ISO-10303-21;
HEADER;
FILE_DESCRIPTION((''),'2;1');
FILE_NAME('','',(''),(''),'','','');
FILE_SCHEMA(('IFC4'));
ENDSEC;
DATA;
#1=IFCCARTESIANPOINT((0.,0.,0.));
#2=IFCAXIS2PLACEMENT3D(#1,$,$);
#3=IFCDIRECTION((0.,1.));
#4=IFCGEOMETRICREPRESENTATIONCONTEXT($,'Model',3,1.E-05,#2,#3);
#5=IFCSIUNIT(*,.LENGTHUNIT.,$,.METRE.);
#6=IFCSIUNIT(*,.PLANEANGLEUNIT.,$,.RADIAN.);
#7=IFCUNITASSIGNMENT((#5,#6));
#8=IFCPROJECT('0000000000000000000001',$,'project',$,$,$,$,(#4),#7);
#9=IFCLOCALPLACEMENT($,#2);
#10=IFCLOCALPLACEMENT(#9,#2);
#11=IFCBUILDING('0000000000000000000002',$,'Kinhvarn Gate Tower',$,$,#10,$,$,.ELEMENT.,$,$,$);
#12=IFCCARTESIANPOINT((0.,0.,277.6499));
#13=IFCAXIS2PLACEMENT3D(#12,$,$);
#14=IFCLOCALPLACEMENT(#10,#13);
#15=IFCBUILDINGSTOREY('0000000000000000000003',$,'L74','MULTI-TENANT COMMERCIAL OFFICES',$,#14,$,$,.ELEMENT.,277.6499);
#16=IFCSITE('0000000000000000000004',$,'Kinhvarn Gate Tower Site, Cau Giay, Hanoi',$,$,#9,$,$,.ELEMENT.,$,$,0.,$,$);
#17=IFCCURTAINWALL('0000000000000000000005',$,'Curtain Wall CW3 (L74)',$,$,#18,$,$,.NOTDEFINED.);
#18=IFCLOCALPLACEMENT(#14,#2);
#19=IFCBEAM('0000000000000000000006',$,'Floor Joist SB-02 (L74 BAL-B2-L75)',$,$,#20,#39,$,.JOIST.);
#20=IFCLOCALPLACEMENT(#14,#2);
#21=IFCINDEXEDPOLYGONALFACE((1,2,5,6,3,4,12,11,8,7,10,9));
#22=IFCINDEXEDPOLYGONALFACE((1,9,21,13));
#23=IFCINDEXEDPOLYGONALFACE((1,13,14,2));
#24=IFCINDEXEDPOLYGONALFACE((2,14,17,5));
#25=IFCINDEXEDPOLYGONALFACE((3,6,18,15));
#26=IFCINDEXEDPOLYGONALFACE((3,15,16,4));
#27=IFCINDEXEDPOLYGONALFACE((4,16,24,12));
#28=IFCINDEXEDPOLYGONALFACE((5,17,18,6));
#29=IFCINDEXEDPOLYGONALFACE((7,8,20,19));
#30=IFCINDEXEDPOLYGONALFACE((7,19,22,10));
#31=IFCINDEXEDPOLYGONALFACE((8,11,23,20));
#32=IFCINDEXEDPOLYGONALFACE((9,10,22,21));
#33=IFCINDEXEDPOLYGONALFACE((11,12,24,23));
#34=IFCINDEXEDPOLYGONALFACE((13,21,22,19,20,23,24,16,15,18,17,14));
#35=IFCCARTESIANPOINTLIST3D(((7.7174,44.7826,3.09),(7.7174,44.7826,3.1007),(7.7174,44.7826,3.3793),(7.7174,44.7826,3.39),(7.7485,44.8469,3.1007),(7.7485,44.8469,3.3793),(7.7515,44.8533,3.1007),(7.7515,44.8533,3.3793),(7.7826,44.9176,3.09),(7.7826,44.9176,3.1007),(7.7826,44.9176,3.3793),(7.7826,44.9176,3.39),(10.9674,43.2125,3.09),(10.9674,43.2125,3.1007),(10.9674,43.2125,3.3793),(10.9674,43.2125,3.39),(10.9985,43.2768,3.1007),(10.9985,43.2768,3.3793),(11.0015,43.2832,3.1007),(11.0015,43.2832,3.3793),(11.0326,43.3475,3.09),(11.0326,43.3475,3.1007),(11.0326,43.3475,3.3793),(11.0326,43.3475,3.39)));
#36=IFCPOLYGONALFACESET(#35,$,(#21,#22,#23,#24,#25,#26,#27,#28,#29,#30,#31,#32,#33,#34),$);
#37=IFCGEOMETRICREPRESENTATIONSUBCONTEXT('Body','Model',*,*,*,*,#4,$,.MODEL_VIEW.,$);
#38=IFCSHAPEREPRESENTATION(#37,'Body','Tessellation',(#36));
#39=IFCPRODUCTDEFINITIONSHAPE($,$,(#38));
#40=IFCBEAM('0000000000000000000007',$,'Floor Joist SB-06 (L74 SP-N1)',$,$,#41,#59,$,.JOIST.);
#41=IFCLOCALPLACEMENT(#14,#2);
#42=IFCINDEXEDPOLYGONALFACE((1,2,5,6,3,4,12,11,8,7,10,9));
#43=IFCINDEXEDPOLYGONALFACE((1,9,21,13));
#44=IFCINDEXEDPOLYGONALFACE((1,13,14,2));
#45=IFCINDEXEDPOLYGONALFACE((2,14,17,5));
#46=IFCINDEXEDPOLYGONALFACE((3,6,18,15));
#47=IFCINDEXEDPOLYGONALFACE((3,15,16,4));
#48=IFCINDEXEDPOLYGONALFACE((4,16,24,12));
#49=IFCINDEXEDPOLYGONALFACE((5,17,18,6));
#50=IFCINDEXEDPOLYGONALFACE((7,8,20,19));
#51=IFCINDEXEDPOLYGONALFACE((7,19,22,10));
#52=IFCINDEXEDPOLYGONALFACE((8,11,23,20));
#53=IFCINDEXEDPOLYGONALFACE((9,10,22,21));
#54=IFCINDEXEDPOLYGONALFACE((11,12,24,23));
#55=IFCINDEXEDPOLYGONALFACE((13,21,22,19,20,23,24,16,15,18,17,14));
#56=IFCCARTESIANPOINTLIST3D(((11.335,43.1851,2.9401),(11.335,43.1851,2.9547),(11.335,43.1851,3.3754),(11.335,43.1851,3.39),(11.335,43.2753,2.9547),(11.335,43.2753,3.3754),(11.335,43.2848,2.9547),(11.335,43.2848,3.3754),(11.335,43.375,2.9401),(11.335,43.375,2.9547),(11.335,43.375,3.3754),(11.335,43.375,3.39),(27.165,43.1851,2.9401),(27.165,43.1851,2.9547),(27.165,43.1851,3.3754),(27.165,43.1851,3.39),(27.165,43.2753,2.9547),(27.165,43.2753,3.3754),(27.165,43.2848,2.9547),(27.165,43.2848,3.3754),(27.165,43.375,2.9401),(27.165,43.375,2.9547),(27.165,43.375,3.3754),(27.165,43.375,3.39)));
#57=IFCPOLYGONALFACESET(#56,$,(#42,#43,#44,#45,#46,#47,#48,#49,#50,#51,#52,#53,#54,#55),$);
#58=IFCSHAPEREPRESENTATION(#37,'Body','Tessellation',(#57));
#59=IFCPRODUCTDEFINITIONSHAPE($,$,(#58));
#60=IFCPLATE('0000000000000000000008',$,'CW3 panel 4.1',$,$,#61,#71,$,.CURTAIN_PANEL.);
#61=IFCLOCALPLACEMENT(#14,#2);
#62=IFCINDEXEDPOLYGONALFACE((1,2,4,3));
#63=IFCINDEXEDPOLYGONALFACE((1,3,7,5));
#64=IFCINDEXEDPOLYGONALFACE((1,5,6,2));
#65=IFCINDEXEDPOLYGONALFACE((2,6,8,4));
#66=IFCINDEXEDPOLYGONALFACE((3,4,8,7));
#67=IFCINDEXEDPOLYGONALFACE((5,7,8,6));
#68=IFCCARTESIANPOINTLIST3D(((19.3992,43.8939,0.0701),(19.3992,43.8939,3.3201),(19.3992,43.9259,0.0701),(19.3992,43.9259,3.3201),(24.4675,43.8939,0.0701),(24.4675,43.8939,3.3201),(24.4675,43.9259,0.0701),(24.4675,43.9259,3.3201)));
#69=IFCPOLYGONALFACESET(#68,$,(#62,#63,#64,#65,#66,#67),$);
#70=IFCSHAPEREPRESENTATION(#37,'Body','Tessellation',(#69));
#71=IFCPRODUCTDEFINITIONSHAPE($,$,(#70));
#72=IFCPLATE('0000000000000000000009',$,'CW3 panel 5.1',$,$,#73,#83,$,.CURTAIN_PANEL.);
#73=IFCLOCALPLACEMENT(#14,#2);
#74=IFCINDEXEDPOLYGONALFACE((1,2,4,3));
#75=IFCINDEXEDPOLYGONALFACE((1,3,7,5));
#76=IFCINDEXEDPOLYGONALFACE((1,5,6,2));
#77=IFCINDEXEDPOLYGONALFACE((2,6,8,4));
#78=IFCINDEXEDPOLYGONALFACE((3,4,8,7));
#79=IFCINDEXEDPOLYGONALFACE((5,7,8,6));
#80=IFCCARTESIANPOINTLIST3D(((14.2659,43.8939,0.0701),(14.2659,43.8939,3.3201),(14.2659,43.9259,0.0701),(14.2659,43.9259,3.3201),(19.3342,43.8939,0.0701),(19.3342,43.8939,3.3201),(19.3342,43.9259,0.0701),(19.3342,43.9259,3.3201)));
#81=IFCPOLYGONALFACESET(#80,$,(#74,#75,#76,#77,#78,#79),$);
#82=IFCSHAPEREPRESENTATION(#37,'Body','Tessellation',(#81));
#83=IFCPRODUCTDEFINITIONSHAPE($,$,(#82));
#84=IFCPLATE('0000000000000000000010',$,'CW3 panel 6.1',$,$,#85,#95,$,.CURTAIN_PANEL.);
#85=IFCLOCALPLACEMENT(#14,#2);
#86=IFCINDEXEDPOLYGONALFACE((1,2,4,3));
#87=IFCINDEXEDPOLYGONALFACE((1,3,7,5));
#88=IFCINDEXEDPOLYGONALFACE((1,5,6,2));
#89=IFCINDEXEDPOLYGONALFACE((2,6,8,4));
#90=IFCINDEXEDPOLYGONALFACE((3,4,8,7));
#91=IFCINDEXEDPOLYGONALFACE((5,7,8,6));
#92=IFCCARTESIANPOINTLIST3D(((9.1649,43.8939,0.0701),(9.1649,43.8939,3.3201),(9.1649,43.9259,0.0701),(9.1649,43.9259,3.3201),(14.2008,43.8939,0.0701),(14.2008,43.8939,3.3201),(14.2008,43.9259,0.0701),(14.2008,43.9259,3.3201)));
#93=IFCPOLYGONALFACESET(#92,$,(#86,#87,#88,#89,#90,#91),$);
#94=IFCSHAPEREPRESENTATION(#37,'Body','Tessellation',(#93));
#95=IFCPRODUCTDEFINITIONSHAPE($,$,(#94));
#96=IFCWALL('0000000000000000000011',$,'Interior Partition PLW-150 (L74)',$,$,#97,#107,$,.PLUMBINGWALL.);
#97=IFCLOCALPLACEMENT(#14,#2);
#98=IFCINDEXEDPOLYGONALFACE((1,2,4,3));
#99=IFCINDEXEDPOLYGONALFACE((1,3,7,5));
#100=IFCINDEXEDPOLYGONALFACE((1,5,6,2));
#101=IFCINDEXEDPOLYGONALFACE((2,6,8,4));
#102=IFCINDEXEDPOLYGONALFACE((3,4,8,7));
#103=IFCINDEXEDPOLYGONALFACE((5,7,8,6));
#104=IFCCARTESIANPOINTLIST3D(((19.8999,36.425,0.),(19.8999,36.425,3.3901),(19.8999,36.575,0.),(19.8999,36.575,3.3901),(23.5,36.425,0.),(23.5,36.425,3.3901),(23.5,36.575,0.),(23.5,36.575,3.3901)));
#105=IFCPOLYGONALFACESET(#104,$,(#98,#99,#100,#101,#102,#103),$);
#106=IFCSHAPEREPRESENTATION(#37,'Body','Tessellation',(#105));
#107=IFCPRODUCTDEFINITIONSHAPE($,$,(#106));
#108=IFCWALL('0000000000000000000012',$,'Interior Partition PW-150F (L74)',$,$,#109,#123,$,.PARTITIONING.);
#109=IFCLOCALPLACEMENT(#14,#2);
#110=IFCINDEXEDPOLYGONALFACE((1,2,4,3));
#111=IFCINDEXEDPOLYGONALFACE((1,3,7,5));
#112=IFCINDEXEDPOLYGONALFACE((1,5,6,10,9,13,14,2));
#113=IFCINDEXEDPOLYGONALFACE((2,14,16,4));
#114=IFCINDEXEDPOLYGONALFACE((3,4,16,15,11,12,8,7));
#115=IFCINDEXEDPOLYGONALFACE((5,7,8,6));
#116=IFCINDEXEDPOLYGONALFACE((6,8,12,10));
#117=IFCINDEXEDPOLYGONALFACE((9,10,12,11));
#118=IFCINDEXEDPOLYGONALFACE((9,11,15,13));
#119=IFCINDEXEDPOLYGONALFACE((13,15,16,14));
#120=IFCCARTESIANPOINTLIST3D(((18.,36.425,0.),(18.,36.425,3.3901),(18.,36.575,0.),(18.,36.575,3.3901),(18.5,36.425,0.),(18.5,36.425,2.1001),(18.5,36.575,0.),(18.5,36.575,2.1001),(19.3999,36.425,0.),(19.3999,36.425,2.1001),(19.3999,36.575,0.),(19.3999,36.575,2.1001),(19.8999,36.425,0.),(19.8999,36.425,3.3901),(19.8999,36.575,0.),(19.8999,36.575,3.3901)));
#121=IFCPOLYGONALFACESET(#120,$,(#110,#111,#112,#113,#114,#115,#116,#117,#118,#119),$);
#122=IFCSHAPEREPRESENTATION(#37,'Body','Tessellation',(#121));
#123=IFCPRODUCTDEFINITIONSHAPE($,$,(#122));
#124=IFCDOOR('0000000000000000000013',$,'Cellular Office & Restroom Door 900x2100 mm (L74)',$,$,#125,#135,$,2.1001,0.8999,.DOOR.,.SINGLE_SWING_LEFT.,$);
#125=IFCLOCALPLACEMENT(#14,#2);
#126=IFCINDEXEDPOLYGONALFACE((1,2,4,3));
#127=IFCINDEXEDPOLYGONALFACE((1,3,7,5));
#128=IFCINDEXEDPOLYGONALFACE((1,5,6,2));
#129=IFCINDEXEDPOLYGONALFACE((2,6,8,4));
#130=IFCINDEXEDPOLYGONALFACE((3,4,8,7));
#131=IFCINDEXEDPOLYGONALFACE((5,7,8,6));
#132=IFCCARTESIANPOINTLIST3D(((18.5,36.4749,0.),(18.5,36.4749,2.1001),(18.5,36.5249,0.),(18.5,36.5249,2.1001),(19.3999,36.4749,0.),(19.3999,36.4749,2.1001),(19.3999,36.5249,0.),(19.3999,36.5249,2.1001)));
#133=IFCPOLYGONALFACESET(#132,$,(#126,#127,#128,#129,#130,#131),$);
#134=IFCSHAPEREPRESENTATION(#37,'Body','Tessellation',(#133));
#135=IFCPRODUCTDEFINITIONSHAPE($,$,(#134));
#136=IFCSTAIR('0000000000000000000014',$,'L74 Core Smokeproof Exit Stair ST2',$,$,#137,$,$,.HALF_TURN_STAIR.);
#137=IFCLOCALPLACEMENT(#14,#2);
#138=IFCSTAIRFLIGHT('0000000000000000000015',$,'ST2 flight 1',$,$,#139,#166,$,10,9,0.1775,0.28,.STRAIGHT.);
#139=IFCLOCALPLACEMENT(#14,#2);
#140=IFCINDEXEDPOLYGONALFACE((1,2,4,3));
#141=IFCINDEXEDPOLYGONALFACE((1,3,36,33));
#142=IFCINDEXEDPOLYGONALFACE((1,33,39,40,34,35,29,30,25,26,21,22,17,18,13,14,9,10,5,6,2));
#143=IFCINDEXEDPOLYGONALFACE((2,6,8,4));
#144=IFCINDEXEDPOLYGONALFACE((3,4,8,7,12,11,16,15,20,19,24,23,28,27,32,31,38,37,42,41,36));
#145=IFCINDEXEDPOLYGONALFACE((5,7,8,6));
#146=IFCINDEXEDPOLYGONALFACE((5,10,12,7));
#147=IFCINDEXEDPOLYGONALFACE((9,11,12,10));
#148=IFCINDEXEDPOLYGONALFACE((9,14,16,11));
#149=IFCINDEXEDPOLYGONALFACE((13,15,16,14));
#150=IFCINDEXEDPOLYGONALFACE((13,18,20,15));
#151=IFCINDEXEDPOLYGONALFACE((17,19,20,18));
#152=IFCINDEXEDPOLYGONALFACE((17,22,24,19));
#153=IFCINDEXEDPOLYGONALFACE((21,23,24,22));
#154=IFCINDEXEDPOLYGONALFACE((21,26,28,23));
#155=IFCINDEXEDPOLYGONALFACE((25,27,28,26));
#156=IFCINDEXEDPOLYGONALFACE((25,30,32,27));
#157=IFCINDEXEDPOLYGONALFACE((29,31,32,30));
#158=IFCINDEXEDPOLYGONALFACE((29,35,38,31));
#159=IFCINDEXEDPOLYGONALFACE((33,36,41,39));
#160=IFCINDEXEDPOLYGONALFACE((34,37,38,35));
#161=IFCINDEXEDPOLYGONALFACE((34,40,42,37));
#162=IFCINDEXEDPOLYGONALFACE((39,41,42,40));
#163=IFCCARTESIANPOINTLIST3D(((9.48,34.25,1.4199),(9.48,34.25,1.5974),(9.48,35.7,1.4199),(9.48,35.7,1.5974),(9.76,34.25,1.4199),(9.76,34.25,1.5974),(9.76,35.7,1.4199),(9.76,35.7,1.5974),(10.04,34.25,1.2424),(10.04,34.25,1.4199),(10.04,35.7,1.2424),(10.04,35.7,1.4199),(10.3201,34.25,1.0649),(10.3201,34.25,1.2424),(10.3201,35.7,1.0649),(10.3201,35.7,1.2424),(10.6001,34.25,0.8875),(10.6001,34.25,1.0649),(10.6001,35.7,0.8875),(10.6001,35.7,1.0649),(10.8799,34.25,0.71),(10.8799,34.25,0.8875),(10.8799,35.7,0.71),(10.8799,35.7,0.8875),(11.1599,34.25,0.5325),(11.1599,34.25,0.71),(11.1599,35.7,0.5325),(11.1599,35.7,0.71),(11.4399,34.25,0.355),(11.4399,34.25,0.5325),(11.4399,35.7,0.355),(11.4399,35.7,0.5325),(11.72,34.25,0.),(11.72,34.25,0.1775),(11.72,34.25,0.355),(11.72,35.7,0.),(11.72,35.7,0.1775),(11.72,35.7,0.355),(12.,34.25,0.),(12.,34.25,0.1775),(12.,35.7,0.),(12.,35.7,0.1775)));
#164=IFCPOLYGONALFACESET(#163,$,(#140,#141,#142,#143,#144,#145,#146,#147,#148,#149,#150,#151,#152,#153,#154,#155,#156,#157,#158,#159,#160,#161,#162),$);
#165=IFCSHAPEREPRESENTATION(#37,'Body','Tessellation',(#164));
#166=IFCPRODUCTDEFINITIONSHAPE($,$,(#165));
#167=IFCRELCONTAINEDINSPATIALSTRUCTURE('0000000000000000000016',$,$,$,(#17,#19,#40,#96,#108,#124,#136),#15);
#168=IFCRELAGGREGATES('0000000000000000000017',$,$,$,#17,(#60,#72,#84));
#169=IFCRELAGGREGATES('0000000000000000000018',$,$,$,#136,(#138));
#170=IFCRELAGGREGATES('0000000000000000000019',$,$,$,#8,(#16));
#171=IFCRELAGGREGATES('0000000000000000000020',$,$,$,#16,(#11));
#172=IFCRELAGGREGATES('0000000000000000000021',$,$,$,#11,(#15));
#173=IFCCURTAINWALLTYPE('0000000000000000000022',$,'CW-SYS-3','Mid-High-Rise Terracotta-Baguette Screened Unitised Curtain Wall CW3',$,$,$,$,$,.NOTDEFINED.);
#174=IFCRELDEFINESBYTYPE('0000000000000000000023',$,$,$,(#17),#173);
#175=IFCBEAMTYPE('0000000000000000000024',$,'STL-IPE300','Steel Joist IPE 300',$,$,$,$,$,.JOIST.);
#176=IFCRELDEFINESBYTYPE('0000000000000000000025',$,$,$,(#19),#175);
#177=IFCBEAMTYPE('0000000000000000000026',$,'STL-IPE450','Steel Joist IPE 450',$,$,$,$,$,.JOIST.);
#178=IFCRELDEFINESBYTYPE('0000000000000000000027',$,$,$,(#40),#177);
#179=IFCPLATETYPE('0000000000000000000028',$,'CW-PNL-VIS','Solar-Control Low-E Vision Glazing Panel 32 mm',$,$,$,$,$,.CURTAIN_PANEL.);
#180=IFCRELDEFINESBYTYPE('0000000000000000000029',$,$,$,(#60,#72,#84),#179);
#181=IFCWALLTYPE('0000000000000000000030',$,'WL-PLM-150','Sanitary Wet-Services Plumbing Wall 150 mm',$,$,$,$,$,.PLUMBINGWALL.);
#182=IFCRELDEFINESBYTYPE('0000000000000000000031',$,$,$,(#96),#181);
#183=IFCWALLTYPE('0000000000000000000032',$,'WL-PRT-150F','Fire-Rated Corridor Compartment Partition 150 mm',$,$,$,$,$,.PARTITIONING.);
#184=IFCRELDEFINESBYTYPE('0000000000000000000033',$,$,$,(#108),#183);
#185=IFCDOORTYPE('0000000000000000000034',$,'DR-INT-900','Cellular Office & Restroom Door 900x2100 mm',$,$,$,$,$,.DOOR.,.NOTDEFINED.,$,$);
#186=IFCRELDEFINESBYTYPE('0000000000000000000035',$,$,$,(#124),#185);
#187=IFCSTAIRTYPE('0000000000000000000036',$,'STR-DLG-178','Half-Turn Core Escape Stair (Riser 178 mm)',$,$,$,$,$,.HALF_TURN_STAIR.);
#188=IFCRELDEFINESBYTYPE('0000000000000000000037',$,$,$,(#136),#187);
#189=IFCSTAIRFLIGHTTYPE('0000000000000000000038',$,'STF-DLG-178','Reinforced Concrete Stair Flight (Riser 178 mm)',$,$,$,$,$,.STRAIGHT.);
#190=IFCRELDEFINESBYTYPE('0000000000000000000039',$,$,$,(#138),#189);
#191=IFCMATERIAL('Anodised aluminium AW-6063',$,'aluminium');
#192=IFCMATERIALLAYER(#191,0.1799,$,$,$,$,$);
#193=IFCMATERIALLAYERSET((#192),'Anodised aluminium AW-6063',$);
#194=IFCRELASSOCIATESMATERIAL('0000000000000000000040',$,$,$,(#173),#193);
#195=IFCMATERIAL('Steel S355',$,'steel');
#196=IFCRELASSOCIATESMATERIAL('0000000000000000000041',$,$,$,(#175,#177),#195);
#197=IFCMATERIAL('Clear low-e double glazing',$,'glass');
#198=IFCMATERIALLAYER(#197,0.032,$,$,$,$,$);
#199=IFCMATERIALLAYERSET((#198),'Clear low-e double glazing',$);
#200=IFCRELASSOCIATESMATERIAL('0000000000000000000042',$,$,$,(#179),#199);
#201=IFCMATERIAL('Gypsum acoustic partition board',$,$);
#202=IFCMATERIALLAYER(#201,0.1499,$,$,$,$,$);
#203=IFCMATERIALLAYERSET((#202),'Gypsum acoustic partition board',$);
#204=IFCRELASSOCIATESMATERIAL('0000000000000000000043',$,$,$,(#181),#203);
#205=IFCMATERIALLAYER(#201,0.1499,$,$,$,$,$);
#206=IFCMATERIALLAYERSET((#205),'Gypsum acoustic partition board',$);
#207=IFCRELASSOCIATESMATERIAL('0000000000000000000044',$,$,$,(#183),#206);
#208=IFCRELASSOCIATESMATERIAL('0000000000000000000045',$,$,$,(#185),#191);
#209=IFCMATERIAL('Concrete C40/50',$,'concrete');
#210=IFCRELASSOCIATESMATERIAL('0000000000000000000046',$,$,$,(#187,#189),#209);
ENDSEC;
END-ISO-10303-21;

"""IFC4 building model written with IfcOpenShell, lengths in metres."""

from ifc_helpers import new_model, si_unit, direction, frame, frame_2d, origin, origin_2d, place, context, subcontext, project, spatial, polyline, rectangle, i_section, outline, extrude, material, layer, layer_set, material_profile, profile_set, type_object, element, fill, aggregate, save


model = new_model("IFC4")

# Units and contexts
model_context = context("Model", 3, precision=1e-05, world=origin(), true_north=direction((0.0, 1.0)))
body_context = subcontext(model_context, "Body", "Model", "MODEL_VIEW")
ifc_project = project(units=[si_unit("LENGTHUNIT", "METRE"), si_unit("PLANEANGLEUNIT", "RADIAN")], contexts=[model_context])

# Site, building, storey
site_placement = place(None, origin())
site = spatial("IfcSite", under=ifc_project, at=site_placement, Name="Kinhvarn Gate Tower Site, Cau Giay, Hanoi", CompositionType="ELEMENT", RefElevation=0.0)
building_placement = place(site_placement, origin())
building = spatial("IfcBuilding", under=site, at=building_placement, Name="Kinhvarn Gate Tower", CompositionType="ELEMENT")
storey_placement = place(building_placement, frame((0.0, 0.0, 277.6499)))
storey = spatial("IfcBuildingStorey", under=building, at=storey_placement, Name="L74", Description="MULTI-TENANT COMMERCIAL OFFICES", CompositionType="ELEMENT", Elevation=277.6499)

# Curtain wall
ifc_material_1 = material(Name="Anodised aluminium AW-6063", Category="aluminium")
ifc_layer_1 = layer(ifc_material_1, 0.1799)
ifc_layer_set_1 = layer_set([ifc_layer_1], Name="Anodised aluminium AW-6063")
curtain_wall_type = type_object("IfcCurtainWallType", Name="CW-SYS-3", Description="Mid-High-Rise Terracotta-Baguette Screened Unitised Curtain Wall CW3", PredefinedType="NOTDEFINED", material=ifc_layer_set_1)
curtain_wall_placement = place(storey_placement, origin())
curtain_wall = element("IfcCurtainWall", 1, at=curtain_wall_placement, inside=storey, type_object=curtain_wall_type, Name="Curtain Wall CW3 (L74)", PredefinedType="NOTDEFINED")

# Beams
ifc_material_2 = material(Name="Steel S355", Category="steel")
ifc_material_profile_1 = material_profile(ifc_material_2, i_section(OverallWidth=0.1499, OverallDepth=0.3, WebThickness=0.0071, FlangeThickness=0.0107, at=origin_2d()), Name="IPE 300")
ifc_profile_set_1 = profile_set([ifc_material_profile_1], Name="Steel S355")
beam_type_1 = type_object("IfcBeamType", Name="STL-IPE300", Description="Steel Joist IPE 300", PredefinedType="JOIST", material=ifc_profile_set_1)
beam_1_placement = place(storey_placement, frame((11.0, 43.28, 3.24), z_axis=(-0.900432, 0.434997, 0.0), x_axis=(-0.434997, -0.900432, 0.0)))
element("IfcBeam", 2, at=beam_1_placement, inside=storey, type_object=beam_type_1, Name="Floor Joist SB-02 (L74 BAL-B2-L75)", PredefinedType="JOIST", context=body_context, shape_type="SweptSolid", body=[
    extrude(i_section(OverallWidth=0.1499, OverallDepth=0.3, WebThickness=0.0071, FlangeThickness=0.0107, at=origin_2d()), origin(), (0.0, 0.0, 1.0), 3.6094),
])
ifc_material_profile_2 = material_profile(ifc_material_2, i_section(OverallWidth=0.1899, OverallDepth=0.45, WebThickness=0.0095, FlangeThickness=0.0146, at=origin_2d()), Name="IPE 450")
ifc_profile_set_2 = profile_set([ifc_material_profile_2], Name="Steel S355")
beam_type_2 = type_object("IfcBeamType", Name="STL-IPE450", Description="Steel Joist IPE 450", PredefinedType="JOIST", material=ifc_profile_set_2)
beam_2_placement = place(storey_placement, frame((11.335, 43.28, 3.165), z_axis=(1.0, 0.0, 0.0), x_axis=(0.0, 1.0, 0.0)))
element("IfcBeam", 3, at=beam_2_placement, inside=storey, type_object=beam_type_2, Name="Floor Joist SB-06 (L74 SP-N1)", PredefinedType="JOIST", context=body_context, shape_type="SweptSolid", body=[
    extrude(i_section(OverallWidth=0.1899, OverallDepth=0.45, WebThickness=0.0095, FlangeThickness=0.0146, at=origin_2d()), origin(), (0.0, 0.0, 1.0), 15.8301),
])

# Plates
ifc_material_3 = material(Name="Clear low-e double glazing", Category="glass")
ifc_layer_2 = layer(ifc_material_3, 0.032)
ifc_layer_set_2 = layer_set([ifc_layer_2], Name="Clear low-e double glazing")
plate_type = type_object("IfcPlateType", Name="CW-PNL-VIS", Description="Solar-Control Low-E Vision Glazing Panel 32 mm", PredefinedType="CURTAIN_PANEL", material=ifc_layer_set_2)
plate_1_placement = place(storey_placement, frame((21.9333, 43.9099, 0.0701), z_axis=(0.0, 0.0, 1.0), x_axis=(-1.0, 0.0, 0.0)))
plate_1 = element("IfcPlate", 4, at=plate_1_placement, type_object=plate_type, Name="CW3 panel 4.1", PredefinedType="CURTAIN_PANEL", context=body_context, shape_type="SweptSolid", body=[
    extrude(rectangle(XDim=5.0684, YDim=0.032, at=origin_2d()), origin(), (0.0, 0.0, 1.0), 3.25),
])
plate_2_placement = place(storey_placement, frame((16.8, 43.9099, 0.0701), z_axis=(0.0, 0.0, 1.0), x_axis=(-1.0, 0.0, 0.0)))
plate_2 = element("IfcPlate", 5, at=plate_2_placement, type_object=plate_type, Name="CW3 panel 5.1", PredefinedType="CURTAIN_PANEL", context=body_context, shape_type="SweptSolid", body=[
    extrude(rectangle(XDim=5.0684, YDim=0.032, at=origin_2d()), origin(), (0.0, 0.0, 1.0), 3.25),
])
plate_3_placement = place(storey_placement, frame((11.6829, 43.9099, 0.0701), z_axis=(0.0, 0.0, 1.0), x_axis=(-1.0, 0.0, 0.0)))
plate_3 = element("IfcPlate", 6, at=plate_3_placement, type_object=plate_type, Name="CW3 panel 6.1", PredefinedType="CURTAIN_PANEL", context=body_context, shape_type="SweptSolid", body=[
    extrude(rectangle(XDim=5.0359, YDim=0.032, at=origin_2d()), origin(), (0.0, 0.0, 1.0), 3.25),
])
aggregate(curtain_wall, [plate_1, plate_2, plate_3])

# Wall
ifc_material_4 = material(Name="Gypsum acoustic partition board")
ifc_layer_3 = layer(ifc_material_4, 0.1499)
ifc_layer_set_3 = layer_set([ifc_layer_3], Name="Gypsum acoustic partition board")
wall_type_1 = type_object("IfcWallType", Name="WL-PLM-150", Description="Sanitary Wet-Services Plumbing Wall 150 mm", PredefinedType="PLUMBINGWALL", material=ifc_layer_set_3)
wall_1_placement = place(storey_placement, frame((19.8999, 36.5, 0.0), z_axis=(0.0, 0.0, 1.0), x_axis=(1.0, 0.0, 0.0)))
element("IfcWall", 7, at=wall_1_placement, inside=storey, type_object=wall_type_1, Name="Interior Partition PLW-150 (L74)", PredefinedType="PLUMBINGWALL", context=body_context, shape_type="SweptSolid", body=[
    extrude(rectangle(XDim=3.6001, YDim=0.1499, at=frame_2d((1.8, 0.0))), origin(), (0.0, 0.0, 1.0), 3.3901),
])

# Wall, opening, door
ifc_layer_4 = layer(ifc_material_4, 0.1499)
ifc_layer_set_4 = layer_set([ifc_layer_4], Name="Gypsum acoustic partition board")
wall_type_2 = type_object("IfcWallType", Name="WL-PRT-150F", Description="Fire-Rated Corridor Compartment Partition 150 mm", PredefinedType="PARTITIONING", material=ifc_layer_set_4)
wall_2_placement = place(storey_placement, frame((18.0, 36.5, 0.0), z_axis=(0.0, 0.0, 1.0), x_axis=(1.0, 0.0, 0.0)))
wall_2 = element("IfcWall", 8, at=wall_2_placement, inside=storey, type_object=wall_type_2, Name="Interior Partition PW-150F (L74)", PredefinedType="PARTITIONING", context=body_context, shape_type="SweptSolid", body=[
    extrude(rectangle(XDim=1.8999, YDim=0.1499, at=frame_2d((0.95, 0.0))), origin(), (0.0, 0.0, 1.0), 3.3901),
])
opening_placement = place(wall_2_placement, frame((0.5, 0.0, 0.0)))
opening = element("IfcOpeningElement", 9, at=opening_placement, cuts=wall_2, PredefinedType="OPENING", context=body_context, shape_type="SweptSolid", body=[
    extrude(rectangle(XDim=0.8999, YDim=2.1001, at=frame_2d((0.45, 1.05))), frame((0.0, 0.085, 0.0), z_axis=(0.0, -1.0, 0.0), x_axis=(1.0, 0.0, 0.0)), (0.0, 0.0, 1.0), 0.1699),
])
door_type = type_object("IfcDoorType", Name="DR-INT-900", Description="Cellular Office & Restroom Door 900x2100 mm", OperationType="NOTDEFINED", PredefinedType="DOOR", material=ifc_material_1)
door_placement = place(opening_placement, origin())
door = element("IfcDoor", 10, at=door_placement, inside=storey, type_object=door_type, Name="Cellular Office & Restroom Door 900x2100 mm (L74)", OperationType="SINGLE_SWING_LEFT", OverallHeight=2.1001, OverallWidth=0.8999, PredefinedType="DOOR", context=body_context, shape_type="SweptSolid", body=[
    extrude(rectangle(XDim=0.8999, YDim=2.1001, at=frame_2d((0.45, 1.05))), frame((0.0, 0.0249, 0.0), z_axis=(0.0, -1.0, 0.0), x_axis=(1.0, 0.0, 0.0)), (0.0, 0.0, 1.0), 0.05),
])
fill(opening, door)

# Stair, stair flight
ifc_material_5 = material(Name="Concrete C40/50", Category="concrete")
stair_type = type_object("IfcStairType", Name="STR-DLG-178", Description="Half-Turn Core Escape Stair (Riser 178 mm)", PredefinedType="HALF_TURN_STAIR", material=ifc_material_5)
stair_placement = place(storey_placement, origin())
stair = element("IfcStair", 11, at=stair_placement, inside=storey, type_object=stair_type, Name="L74 Core Smokeproof Exit Stair ST2", PredefinedType="HALF_TURN_STAIR")
stair_flight_type = type_object("IfcStairFlightType", Name="STF-DLG-178", Description="Reinforced Concrete Stair Flight (Riser 178 mm)", PredefinedType="STRAIGHT", material=ifc_material_5)
stair_flight_placement = place(storey_placement, frame((12.0, 34.9751, 0.0), z_axis=(0.0, 0.0, 1.0), x_axis=(-1.0, 0.0, 0.0)))
stair_flight = element("IfcStairFlight", 12, at=stair_flight_placement, type_object=stair_flight_type, Name="ST2 flight 1", NumberOfRisers=10, NumberOfTreads=9, PredefinedType="STRAIGHT", RiserHeight=0.1775, TreadLength=0.28, context=body_context, shape_type="SweptSolid", body=[
    extrude(outline(polyline([(0.0, 0.0), (0.0, 0.1775), (0.28, 0.1775), (0.28, 0.355), (0.5601, 0.355), (0.5601, 0.5325), (0.8401, 0.5325), (0.8401, 0.71), (1.1201, 0.71), (1.1201, 0.8875), (1.3999, 0.8875), (1.3999, 1.0649), (1.6799, 1.0649), (1.6799, 1.2424), (1.96, 1.2424), (1.96, 1.4199), (2.24, 1.4199), (2.24, 1.5974), (2.52, 1.5974), (2.52, 1.7749), (2.52, 1.4199), (0.28, 0.0), (0.0, 0.0)])), frame((0.0, 0.7251, 0.0), z_axis=(0.0, -1.0, 0.0), x_axis=(1.0, 0.0, 0.0)), (0.0, 0.0, 1.0), 1.45),
])
aggregate(stair, [stair_flight])

save(model, "model.ifc")
